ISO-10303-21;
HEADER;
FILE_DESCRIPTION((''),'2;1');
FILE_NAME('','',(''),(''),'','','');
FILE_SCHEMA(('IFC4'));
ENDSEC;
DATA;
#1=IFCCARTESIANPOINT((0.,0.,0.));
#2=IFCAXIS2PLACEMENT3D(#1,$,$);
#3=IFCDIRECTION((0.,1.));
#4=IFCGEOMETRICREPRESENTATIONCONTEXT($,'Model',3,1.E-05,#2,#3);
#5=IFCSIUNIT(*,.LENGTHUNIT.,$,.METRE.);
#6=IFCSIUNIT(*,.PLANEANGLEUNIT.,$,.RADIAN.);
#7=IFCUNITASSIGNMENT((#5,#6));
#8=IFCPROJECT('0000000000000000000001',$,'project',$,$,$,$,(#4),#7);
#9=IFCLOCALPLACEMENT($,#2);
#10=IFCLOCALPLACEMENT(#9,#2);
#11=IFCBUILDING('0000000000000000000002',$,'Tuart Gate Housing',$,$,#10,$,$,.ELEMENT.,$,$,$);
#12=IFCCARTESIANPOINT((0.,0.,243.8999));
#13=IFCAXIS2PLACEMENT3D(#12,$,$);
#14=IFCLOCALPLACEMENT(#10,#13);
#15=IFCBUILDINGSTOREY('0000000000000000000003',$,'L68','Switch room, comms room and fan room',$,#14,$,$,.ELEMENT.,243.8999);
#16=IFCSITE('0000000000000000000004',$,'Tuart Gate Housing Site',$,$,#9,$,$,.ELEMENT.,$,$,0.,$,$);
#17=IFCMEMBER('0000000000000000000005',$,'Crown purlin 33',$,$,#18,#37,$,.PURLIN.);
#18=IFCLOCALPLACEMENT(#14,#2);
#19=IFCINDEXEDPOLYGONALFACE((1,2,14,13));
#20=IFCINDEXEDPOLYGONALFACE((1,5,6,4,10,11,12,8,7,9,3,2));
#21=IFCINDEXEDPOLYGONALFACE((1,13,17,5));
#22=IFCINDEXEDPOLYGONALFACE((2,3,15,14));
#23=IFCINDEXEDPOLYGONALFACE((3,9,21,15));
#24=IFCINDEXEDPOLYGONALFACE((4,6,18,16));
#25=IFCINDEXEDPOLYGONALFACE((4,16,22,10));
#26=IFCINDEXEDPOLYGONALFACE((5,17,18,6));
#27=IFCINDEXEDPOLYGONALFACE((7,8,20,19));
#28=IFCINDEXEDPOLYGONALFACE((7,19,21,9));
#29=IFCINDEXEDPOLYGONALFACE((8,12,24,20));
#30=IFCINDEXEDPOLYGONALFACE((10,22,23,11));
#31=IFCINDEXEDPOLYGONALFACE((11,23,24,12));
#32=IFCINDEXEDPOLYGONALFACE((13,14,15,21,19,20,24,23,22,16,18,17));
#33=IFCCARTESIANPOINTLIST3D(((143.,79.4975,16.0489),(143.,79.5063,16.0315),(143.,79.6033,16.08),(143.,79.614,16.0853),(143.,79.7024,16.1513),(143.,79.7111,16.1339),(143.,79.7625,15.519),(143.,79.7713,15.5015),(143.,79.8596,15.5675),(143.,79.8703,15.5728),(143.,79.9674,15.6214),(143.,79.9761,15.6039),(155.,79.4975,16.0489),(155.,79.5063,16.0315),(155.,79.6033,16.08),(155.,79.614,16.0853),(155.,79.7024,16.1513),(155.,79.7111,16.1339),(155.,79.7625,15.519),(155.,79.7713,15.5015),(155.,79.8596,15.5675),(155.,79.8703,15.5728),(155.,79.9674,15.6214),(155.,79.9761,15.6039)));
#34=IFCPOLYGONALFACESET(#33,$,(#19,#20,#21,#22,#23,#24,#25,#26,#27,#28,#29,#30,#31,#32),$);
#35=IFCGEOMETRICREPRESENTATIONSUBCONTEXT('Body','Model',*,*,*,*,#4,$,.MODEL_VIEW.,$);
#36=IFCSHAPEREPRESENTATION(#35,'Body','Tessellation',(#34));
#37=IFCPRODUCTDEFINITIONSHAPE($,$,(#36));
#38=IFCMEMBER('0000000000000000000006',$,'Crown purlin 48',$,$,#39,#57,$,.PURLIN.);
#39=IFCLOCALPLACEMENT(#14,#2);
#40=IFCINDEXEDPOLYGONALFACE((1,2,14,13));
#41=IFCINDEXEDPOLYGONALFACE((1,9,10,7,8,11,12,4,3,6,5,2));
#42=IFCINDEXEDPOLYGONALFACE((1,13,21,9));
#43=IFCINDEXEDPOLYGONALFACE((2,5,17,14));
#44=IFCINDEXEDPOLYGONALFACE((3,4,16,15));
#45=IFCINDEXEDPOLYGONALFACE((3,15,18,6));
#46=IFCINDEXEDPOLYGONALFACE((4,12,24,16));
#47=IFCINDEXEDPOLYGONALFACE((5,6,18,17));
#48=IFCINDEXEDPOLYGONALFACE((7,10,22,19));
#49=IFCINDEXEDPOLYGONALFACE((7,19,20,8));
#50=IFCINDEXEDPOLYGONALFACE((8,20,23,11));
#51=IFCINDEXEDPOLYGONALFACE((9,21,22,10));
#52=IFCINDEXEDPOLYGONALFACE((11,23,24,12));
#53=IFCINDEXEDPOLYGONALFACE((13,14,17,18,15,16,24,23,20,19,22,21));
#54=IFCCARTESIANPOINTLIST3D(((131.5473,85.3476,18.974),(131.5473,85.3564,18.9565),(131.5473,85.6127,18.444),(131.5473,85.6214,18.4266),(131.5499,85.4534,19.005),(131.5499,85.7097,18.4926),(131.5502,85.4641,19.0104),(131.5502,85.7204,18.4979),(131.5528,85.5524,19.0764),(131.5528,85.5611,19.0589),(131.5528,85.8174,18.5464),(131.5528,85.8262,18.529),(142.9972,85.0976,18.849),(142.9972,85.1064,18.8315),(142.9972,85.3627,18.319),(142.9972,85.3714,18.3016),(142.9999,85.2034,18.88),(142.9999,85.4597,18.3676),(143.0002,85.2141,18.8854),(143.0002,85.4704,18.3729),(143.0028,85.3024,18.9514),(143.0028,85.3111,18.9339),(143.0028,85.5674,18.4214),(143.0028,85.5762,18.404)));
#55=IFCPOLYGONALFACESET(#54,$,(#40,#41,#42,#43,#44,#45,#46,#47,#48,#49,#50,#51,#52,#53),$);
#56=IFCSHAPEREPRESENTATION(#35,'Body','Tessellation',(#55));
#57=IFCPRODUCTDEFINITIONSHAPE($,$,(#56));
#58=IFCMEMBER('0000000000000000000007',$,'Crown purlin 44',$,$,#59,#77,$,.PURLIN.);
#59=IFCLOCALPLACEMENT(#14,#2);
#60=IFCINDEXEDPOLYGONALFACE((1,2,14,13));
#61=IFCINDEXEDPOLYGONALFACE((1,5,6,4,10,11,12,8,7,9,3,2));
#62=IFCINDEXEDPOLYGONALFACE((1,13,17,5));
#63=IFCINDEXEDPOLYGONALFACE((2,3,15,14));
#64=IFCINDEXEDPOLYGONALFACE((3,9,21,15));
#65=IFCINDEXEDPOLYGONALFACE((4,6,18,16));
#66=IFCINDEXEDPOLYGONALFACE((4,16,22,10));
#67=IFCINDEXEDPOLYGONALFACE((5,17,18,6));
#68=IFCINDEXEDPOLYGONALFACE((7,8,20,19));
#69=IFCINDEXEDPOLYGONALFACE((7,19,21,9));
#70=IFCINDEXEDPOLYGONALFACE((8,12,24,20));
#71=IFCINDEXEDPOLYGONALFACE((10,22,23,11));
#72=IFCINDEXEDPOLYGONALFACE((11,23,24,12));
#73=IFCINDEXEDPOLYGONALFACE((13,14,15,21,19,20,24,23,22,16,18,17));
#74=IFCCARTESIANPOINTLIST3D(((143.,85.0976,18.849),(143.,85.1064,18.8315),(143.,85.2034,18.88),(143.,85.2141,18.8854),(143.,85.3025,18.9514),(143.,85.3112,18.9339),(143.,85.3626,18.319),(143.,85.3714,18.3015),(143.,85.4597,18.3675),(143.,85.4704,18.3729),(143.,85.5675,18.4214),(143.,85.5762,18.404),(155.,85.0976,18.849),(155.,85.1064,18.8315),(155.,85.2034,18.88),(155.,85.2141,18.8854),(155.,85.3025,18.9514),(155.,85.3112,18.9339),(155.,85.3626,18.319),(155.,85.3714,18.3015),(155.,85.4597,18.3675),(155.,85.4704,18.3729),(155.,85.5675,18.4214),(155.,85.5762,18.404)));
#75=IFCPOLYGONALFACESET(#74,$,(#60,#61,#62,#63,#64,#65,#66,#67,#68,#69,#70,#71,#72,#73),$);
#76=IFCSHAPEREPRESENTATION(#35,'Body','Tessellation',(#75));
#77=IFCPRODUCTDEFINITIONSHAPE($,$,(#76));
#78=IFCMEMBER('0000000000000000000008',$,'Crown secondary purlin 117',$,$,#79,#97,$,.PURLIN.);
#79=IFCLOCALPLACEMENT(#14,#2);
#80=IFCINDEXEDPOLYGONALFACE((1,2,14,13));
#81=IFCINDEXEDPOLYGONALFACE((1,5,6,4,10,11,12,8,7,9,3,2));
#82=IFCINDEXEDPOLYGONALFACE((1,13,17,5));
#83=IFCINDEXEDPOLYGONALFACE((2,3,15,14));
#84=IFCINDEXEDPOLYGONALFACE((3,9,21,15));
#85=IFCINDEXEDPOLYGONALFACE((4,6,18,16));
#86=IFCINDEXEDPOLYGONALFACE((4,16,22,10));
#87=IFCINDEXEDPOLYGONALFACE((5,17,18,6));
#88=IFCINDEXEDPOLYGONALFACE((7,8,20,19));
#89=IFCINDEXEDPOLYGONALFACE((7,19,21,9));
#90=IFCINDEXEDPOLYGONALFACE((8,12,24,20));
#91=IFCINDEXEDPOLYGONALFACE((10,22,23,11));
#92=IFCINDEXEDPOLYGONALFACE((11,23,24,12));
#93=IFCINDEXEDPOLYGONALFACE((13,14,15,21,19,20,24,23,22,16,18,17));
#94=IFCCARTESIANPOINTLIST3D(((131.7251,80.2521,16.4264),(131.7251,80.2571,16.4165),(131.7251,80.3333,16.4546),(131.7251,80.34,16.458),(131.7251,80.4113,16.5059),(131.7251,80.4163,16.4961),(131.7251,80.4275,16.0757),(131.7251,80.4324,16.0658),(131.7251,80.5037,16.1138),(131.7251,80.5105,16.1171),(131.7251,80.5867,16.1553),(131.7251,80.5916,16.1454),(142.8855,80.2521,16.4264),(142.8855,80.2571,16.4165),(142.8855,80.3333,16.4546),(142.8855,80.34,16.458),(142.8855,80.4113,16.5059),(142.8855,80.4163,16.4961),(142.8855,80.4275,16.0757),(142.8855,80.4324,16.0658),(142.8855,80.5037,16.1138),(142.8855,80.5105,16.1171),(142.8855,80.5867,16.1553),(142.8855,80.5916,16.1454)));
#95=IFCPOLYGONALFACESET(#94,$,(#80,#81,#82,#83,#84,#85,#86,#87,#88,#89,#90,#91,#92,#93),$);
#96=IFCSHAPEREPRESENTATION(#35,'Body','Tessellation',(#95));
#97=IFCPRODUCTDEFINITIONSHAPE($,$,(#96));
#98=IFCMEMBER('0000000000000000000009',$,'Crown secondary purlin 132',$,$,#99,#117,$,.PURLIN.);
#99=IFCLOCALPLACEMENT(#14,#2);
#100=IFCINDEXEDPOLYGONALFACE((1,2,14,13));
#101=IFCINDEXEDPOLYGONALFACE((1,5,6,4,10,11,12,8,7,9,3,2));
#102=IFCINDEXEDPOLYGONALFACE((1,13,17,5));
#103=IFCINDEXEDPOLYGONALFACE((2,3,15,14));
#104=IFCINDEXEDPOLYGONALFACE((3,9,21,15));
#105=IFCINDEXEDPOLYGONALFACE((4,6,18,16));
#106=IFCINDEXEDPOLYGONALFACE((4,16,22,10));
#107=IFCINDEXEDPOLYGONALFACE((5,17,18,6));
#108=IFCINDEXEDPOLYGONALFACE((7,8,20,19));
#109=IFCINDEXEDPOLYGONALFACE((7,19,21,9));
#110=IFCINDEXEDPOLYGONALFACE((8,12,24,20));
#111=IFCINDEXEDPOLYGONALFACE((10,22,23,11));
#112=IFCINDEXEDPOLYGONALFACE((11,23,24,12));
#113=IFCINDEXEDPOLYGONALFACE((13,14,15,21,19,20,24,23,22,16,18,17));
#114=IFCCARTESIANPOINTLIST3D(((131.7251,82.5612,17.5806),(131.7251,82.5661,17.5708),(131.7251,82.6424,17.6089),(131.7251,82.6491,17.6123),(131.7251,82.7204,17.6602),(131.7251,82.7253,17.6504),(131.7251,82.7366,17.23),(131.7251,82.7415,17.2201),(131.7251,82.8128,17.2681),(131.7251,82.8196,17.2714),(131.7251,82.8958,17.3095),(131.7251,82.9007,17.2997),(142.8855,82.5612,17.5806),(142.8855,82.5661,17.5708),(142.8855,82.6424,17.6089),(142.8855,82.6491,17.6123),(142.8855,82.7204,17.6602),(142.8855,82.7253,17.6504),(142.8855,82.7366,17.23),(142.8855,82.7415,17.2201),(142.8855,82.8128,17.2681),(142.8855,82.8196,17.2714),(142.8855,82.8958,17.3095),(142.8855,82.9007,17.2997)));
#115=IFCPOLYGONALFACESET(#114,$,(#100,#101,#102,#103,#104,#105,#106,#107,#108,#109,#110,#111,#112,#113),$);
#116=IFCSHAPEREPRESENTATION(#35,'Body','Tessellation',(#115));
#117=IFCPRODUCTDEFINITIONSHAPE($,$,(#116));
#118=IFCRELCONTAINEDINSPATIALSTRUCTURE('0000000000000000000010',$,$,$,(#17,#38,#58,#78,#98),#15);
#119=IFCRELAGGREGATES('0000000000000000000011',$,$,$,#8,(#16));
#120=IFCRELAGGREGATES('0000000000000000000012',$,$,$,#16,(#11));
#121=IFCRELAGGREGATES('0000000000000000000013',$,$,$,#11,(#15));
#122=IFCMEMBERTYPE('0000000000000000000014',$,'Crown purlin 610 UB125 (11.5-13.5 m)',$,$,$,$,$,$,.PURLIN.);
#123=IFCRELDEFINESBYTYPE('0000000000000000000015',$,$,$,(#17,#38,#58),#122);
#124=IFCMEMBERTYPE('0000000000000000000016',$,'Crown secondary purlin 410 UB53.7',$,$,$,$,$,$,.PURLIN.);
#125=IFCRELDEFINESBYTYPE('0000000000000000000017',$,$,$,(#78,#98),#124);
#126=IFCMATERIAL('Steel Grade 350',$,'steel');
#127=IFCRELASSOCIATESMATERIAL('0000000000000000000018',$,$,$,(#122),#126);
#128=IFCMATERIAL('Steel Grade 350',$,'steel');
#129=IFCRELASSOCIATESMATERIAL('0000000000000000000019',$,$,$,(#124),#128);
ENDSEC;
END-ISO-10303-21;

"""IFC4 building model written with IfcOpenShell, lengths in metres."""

from ifc_helpers import new_model, si_unit, direction, frame, origin, origin_2d, place, context, subcontext, project, spatial, i_section, extrude, material, material_profile, profile_set, type_object, element, save


model = new_model("IFC4")

# Units and contexts
model_context = context("Model", 3, precision=1e-05, world=origin(), true_north=direction((0.0, 1.0)))
body_context = subcontext(model_context, "Body", "Model", "MODEL_VIEW")
ifc_project = project(units=[si_unit("LENGTHUNIT", "METRE"), si_unit("PLANEANGLEUNIT", "RADIAN")], contexts=[model_context])

# Site, building, storey
site_placement = place(None, origin())
site = spatial("IfcSite", under=ifc_project, at=site_placement, Name="Tuart Gate Housing Site", CompositionType="ELEMENT", RefElevation=0.0)
building_placement = place(site_placement, origin())
building = spatial("IfcBuilding", under=site, at=building_placement, Name="Tuart Gate Housing", CompositionType="ELEMENT")
storey_placement = place(building_placement, frame((0.0, 0.0, 243.8999)))
storey = spatial("IfcBuildingStorey", under=building, at=storey_placement, Name="L68", Description="Switch room, comms room and fan room", CompositionType="ELEMENT", Elevation=243.8999)

# Members
ifc_material_1 = material(Name="Steel Grade 350", Category="steel")
ifc_material_profile_1 = material_profile(ifc_material_1, i_section(OverallWidth=0.229, OverallDepth=0.6121, WebThickness=0.012, FlangeThickness=0.0195, at=origin_2d()), Name="610UB125")
ifc_profile_set_1 = profile_set([ifc_material_profile_1], Name="Steel Grade 350")
member_type_1 = type_object("IfcMemberType", Name="Crown purlin 610 UB125 (11.5-13.5 m)", PredefinedType="PURLIN", material=ifc_profile_set_1)
member_1_placement = place(storey_placement, frame((143.0, 79.7368, 15.8264), z_axis=(1.0, 0.0, 0.0), x_axis=(0.0, 0.894427, 0.447214)))
element("IfcMember", 1, at=member_1_placement, inside=storey, type_object=member_type_1, Name="Crown purlin 33", PredefinedType="PURLIN", context=body_context, shape_type="SweptSolid", body=[
    extrude(i_section(OverallWidth=0.229, OverallDepth=0.6121, WebThickness=0.012, FlangeThickness=0.0195, at=origin_2d()), origin(), (0.0, 0.0, 1.0), 12.0),
])
member_2_placement = place(storey_placement, frame((131.55, 85.5869, 18.7515), z_axis=(0.999702, -0.021828, -0.010914), x_axis=(0.024404, 0.894107, 0.447188)))
element("IfcMember", 2, at=member_2_placement, inside=storey, type_object=member_type_1, Name="Crown purlin 48", PredefinedType="PURLIN", context=body_context, shape_type="SweptSolid", body=[
    extrude(i_section(OverallWidth=0.229, OverallDepth=0.6121, WebThickness=0.012, FlangeThickness=0.0195, at=origin_2d()), origin(), (0.0, 0.0, 1.0), 11.4534),
])
member_3_placement = place(storey_placement, frame((143.0, 85.3369, 18.6265), z_axis=(1.0, 0.0, 0.0), x_axis=(0.0, 0.894427, 0.447214)))
element("IfcMember", 3, at=member_3_placement, inside=storey, type_object=member_type_1, Name="Crown purlin 44", PredefinedType="PURLIN", context=body_context, shape_type="SweptSolid", body=[
    extrude(i_section(OverallWidth=0.229, OverallDepth=0.6121, WebThickness=0.012, FlangeThickness=0.0195, at=origin_2d()), origin(), (0.0, 0.0, 1.0), 12.0),
])
ifc_material_2 = material(Name="Steel Grade 350", Category="steel")
ifc_material_profile_2 = material_profile(ifc_material_2, i_section(OverallWidth=0.178, OverallDepth=0.4031, WebThickness=0.0076, FlangeThickness=0.011, at=origin_2d()), Name="410UB53.7")
ifc_profile_set_2 = profile_set([ifc_material_profile_2], Name="Steel Grade 350")
member_type_2 = type_object("IfcMemberType", Name="Crown secondary purlin 410 UB53.7", PredefinedType="PURLIN", material=ifc_profile_set_2)
for number, where, z_axis, x_axis, name in (
    (4, (131.7251, 80.4219, 16.2859), (1.0, 0.0, 0.0), (0.0, 0.894427, 0.447214), "Crown secondary purlin 117"),
    (5, (131.7251, 82.731, 17.4402), (1.0, 0.0, 0.0), (0.0, 0.894427, 0.447214), "Crown secondary purlin 132"),
):
    element("IfcMember", number, at=place(storey_placement, frame(where, z_axis=z_axis, x_axis=x_axis)), inside=storey, type_object=member_type_2, Name=name, PredefinedType="PURLIN", context=body_context, shape_type="SweptSolid", body=[
        extrude(i_section(OverallWidth=0.178, OverallDepth=0.4031, WebThickness=0.0076, FlangeThickness=0.011, at=origin_2d()), origin(), (0.0, 0.0, 1.0), 11.1604),
    ])

save(model, "model.ifc")
